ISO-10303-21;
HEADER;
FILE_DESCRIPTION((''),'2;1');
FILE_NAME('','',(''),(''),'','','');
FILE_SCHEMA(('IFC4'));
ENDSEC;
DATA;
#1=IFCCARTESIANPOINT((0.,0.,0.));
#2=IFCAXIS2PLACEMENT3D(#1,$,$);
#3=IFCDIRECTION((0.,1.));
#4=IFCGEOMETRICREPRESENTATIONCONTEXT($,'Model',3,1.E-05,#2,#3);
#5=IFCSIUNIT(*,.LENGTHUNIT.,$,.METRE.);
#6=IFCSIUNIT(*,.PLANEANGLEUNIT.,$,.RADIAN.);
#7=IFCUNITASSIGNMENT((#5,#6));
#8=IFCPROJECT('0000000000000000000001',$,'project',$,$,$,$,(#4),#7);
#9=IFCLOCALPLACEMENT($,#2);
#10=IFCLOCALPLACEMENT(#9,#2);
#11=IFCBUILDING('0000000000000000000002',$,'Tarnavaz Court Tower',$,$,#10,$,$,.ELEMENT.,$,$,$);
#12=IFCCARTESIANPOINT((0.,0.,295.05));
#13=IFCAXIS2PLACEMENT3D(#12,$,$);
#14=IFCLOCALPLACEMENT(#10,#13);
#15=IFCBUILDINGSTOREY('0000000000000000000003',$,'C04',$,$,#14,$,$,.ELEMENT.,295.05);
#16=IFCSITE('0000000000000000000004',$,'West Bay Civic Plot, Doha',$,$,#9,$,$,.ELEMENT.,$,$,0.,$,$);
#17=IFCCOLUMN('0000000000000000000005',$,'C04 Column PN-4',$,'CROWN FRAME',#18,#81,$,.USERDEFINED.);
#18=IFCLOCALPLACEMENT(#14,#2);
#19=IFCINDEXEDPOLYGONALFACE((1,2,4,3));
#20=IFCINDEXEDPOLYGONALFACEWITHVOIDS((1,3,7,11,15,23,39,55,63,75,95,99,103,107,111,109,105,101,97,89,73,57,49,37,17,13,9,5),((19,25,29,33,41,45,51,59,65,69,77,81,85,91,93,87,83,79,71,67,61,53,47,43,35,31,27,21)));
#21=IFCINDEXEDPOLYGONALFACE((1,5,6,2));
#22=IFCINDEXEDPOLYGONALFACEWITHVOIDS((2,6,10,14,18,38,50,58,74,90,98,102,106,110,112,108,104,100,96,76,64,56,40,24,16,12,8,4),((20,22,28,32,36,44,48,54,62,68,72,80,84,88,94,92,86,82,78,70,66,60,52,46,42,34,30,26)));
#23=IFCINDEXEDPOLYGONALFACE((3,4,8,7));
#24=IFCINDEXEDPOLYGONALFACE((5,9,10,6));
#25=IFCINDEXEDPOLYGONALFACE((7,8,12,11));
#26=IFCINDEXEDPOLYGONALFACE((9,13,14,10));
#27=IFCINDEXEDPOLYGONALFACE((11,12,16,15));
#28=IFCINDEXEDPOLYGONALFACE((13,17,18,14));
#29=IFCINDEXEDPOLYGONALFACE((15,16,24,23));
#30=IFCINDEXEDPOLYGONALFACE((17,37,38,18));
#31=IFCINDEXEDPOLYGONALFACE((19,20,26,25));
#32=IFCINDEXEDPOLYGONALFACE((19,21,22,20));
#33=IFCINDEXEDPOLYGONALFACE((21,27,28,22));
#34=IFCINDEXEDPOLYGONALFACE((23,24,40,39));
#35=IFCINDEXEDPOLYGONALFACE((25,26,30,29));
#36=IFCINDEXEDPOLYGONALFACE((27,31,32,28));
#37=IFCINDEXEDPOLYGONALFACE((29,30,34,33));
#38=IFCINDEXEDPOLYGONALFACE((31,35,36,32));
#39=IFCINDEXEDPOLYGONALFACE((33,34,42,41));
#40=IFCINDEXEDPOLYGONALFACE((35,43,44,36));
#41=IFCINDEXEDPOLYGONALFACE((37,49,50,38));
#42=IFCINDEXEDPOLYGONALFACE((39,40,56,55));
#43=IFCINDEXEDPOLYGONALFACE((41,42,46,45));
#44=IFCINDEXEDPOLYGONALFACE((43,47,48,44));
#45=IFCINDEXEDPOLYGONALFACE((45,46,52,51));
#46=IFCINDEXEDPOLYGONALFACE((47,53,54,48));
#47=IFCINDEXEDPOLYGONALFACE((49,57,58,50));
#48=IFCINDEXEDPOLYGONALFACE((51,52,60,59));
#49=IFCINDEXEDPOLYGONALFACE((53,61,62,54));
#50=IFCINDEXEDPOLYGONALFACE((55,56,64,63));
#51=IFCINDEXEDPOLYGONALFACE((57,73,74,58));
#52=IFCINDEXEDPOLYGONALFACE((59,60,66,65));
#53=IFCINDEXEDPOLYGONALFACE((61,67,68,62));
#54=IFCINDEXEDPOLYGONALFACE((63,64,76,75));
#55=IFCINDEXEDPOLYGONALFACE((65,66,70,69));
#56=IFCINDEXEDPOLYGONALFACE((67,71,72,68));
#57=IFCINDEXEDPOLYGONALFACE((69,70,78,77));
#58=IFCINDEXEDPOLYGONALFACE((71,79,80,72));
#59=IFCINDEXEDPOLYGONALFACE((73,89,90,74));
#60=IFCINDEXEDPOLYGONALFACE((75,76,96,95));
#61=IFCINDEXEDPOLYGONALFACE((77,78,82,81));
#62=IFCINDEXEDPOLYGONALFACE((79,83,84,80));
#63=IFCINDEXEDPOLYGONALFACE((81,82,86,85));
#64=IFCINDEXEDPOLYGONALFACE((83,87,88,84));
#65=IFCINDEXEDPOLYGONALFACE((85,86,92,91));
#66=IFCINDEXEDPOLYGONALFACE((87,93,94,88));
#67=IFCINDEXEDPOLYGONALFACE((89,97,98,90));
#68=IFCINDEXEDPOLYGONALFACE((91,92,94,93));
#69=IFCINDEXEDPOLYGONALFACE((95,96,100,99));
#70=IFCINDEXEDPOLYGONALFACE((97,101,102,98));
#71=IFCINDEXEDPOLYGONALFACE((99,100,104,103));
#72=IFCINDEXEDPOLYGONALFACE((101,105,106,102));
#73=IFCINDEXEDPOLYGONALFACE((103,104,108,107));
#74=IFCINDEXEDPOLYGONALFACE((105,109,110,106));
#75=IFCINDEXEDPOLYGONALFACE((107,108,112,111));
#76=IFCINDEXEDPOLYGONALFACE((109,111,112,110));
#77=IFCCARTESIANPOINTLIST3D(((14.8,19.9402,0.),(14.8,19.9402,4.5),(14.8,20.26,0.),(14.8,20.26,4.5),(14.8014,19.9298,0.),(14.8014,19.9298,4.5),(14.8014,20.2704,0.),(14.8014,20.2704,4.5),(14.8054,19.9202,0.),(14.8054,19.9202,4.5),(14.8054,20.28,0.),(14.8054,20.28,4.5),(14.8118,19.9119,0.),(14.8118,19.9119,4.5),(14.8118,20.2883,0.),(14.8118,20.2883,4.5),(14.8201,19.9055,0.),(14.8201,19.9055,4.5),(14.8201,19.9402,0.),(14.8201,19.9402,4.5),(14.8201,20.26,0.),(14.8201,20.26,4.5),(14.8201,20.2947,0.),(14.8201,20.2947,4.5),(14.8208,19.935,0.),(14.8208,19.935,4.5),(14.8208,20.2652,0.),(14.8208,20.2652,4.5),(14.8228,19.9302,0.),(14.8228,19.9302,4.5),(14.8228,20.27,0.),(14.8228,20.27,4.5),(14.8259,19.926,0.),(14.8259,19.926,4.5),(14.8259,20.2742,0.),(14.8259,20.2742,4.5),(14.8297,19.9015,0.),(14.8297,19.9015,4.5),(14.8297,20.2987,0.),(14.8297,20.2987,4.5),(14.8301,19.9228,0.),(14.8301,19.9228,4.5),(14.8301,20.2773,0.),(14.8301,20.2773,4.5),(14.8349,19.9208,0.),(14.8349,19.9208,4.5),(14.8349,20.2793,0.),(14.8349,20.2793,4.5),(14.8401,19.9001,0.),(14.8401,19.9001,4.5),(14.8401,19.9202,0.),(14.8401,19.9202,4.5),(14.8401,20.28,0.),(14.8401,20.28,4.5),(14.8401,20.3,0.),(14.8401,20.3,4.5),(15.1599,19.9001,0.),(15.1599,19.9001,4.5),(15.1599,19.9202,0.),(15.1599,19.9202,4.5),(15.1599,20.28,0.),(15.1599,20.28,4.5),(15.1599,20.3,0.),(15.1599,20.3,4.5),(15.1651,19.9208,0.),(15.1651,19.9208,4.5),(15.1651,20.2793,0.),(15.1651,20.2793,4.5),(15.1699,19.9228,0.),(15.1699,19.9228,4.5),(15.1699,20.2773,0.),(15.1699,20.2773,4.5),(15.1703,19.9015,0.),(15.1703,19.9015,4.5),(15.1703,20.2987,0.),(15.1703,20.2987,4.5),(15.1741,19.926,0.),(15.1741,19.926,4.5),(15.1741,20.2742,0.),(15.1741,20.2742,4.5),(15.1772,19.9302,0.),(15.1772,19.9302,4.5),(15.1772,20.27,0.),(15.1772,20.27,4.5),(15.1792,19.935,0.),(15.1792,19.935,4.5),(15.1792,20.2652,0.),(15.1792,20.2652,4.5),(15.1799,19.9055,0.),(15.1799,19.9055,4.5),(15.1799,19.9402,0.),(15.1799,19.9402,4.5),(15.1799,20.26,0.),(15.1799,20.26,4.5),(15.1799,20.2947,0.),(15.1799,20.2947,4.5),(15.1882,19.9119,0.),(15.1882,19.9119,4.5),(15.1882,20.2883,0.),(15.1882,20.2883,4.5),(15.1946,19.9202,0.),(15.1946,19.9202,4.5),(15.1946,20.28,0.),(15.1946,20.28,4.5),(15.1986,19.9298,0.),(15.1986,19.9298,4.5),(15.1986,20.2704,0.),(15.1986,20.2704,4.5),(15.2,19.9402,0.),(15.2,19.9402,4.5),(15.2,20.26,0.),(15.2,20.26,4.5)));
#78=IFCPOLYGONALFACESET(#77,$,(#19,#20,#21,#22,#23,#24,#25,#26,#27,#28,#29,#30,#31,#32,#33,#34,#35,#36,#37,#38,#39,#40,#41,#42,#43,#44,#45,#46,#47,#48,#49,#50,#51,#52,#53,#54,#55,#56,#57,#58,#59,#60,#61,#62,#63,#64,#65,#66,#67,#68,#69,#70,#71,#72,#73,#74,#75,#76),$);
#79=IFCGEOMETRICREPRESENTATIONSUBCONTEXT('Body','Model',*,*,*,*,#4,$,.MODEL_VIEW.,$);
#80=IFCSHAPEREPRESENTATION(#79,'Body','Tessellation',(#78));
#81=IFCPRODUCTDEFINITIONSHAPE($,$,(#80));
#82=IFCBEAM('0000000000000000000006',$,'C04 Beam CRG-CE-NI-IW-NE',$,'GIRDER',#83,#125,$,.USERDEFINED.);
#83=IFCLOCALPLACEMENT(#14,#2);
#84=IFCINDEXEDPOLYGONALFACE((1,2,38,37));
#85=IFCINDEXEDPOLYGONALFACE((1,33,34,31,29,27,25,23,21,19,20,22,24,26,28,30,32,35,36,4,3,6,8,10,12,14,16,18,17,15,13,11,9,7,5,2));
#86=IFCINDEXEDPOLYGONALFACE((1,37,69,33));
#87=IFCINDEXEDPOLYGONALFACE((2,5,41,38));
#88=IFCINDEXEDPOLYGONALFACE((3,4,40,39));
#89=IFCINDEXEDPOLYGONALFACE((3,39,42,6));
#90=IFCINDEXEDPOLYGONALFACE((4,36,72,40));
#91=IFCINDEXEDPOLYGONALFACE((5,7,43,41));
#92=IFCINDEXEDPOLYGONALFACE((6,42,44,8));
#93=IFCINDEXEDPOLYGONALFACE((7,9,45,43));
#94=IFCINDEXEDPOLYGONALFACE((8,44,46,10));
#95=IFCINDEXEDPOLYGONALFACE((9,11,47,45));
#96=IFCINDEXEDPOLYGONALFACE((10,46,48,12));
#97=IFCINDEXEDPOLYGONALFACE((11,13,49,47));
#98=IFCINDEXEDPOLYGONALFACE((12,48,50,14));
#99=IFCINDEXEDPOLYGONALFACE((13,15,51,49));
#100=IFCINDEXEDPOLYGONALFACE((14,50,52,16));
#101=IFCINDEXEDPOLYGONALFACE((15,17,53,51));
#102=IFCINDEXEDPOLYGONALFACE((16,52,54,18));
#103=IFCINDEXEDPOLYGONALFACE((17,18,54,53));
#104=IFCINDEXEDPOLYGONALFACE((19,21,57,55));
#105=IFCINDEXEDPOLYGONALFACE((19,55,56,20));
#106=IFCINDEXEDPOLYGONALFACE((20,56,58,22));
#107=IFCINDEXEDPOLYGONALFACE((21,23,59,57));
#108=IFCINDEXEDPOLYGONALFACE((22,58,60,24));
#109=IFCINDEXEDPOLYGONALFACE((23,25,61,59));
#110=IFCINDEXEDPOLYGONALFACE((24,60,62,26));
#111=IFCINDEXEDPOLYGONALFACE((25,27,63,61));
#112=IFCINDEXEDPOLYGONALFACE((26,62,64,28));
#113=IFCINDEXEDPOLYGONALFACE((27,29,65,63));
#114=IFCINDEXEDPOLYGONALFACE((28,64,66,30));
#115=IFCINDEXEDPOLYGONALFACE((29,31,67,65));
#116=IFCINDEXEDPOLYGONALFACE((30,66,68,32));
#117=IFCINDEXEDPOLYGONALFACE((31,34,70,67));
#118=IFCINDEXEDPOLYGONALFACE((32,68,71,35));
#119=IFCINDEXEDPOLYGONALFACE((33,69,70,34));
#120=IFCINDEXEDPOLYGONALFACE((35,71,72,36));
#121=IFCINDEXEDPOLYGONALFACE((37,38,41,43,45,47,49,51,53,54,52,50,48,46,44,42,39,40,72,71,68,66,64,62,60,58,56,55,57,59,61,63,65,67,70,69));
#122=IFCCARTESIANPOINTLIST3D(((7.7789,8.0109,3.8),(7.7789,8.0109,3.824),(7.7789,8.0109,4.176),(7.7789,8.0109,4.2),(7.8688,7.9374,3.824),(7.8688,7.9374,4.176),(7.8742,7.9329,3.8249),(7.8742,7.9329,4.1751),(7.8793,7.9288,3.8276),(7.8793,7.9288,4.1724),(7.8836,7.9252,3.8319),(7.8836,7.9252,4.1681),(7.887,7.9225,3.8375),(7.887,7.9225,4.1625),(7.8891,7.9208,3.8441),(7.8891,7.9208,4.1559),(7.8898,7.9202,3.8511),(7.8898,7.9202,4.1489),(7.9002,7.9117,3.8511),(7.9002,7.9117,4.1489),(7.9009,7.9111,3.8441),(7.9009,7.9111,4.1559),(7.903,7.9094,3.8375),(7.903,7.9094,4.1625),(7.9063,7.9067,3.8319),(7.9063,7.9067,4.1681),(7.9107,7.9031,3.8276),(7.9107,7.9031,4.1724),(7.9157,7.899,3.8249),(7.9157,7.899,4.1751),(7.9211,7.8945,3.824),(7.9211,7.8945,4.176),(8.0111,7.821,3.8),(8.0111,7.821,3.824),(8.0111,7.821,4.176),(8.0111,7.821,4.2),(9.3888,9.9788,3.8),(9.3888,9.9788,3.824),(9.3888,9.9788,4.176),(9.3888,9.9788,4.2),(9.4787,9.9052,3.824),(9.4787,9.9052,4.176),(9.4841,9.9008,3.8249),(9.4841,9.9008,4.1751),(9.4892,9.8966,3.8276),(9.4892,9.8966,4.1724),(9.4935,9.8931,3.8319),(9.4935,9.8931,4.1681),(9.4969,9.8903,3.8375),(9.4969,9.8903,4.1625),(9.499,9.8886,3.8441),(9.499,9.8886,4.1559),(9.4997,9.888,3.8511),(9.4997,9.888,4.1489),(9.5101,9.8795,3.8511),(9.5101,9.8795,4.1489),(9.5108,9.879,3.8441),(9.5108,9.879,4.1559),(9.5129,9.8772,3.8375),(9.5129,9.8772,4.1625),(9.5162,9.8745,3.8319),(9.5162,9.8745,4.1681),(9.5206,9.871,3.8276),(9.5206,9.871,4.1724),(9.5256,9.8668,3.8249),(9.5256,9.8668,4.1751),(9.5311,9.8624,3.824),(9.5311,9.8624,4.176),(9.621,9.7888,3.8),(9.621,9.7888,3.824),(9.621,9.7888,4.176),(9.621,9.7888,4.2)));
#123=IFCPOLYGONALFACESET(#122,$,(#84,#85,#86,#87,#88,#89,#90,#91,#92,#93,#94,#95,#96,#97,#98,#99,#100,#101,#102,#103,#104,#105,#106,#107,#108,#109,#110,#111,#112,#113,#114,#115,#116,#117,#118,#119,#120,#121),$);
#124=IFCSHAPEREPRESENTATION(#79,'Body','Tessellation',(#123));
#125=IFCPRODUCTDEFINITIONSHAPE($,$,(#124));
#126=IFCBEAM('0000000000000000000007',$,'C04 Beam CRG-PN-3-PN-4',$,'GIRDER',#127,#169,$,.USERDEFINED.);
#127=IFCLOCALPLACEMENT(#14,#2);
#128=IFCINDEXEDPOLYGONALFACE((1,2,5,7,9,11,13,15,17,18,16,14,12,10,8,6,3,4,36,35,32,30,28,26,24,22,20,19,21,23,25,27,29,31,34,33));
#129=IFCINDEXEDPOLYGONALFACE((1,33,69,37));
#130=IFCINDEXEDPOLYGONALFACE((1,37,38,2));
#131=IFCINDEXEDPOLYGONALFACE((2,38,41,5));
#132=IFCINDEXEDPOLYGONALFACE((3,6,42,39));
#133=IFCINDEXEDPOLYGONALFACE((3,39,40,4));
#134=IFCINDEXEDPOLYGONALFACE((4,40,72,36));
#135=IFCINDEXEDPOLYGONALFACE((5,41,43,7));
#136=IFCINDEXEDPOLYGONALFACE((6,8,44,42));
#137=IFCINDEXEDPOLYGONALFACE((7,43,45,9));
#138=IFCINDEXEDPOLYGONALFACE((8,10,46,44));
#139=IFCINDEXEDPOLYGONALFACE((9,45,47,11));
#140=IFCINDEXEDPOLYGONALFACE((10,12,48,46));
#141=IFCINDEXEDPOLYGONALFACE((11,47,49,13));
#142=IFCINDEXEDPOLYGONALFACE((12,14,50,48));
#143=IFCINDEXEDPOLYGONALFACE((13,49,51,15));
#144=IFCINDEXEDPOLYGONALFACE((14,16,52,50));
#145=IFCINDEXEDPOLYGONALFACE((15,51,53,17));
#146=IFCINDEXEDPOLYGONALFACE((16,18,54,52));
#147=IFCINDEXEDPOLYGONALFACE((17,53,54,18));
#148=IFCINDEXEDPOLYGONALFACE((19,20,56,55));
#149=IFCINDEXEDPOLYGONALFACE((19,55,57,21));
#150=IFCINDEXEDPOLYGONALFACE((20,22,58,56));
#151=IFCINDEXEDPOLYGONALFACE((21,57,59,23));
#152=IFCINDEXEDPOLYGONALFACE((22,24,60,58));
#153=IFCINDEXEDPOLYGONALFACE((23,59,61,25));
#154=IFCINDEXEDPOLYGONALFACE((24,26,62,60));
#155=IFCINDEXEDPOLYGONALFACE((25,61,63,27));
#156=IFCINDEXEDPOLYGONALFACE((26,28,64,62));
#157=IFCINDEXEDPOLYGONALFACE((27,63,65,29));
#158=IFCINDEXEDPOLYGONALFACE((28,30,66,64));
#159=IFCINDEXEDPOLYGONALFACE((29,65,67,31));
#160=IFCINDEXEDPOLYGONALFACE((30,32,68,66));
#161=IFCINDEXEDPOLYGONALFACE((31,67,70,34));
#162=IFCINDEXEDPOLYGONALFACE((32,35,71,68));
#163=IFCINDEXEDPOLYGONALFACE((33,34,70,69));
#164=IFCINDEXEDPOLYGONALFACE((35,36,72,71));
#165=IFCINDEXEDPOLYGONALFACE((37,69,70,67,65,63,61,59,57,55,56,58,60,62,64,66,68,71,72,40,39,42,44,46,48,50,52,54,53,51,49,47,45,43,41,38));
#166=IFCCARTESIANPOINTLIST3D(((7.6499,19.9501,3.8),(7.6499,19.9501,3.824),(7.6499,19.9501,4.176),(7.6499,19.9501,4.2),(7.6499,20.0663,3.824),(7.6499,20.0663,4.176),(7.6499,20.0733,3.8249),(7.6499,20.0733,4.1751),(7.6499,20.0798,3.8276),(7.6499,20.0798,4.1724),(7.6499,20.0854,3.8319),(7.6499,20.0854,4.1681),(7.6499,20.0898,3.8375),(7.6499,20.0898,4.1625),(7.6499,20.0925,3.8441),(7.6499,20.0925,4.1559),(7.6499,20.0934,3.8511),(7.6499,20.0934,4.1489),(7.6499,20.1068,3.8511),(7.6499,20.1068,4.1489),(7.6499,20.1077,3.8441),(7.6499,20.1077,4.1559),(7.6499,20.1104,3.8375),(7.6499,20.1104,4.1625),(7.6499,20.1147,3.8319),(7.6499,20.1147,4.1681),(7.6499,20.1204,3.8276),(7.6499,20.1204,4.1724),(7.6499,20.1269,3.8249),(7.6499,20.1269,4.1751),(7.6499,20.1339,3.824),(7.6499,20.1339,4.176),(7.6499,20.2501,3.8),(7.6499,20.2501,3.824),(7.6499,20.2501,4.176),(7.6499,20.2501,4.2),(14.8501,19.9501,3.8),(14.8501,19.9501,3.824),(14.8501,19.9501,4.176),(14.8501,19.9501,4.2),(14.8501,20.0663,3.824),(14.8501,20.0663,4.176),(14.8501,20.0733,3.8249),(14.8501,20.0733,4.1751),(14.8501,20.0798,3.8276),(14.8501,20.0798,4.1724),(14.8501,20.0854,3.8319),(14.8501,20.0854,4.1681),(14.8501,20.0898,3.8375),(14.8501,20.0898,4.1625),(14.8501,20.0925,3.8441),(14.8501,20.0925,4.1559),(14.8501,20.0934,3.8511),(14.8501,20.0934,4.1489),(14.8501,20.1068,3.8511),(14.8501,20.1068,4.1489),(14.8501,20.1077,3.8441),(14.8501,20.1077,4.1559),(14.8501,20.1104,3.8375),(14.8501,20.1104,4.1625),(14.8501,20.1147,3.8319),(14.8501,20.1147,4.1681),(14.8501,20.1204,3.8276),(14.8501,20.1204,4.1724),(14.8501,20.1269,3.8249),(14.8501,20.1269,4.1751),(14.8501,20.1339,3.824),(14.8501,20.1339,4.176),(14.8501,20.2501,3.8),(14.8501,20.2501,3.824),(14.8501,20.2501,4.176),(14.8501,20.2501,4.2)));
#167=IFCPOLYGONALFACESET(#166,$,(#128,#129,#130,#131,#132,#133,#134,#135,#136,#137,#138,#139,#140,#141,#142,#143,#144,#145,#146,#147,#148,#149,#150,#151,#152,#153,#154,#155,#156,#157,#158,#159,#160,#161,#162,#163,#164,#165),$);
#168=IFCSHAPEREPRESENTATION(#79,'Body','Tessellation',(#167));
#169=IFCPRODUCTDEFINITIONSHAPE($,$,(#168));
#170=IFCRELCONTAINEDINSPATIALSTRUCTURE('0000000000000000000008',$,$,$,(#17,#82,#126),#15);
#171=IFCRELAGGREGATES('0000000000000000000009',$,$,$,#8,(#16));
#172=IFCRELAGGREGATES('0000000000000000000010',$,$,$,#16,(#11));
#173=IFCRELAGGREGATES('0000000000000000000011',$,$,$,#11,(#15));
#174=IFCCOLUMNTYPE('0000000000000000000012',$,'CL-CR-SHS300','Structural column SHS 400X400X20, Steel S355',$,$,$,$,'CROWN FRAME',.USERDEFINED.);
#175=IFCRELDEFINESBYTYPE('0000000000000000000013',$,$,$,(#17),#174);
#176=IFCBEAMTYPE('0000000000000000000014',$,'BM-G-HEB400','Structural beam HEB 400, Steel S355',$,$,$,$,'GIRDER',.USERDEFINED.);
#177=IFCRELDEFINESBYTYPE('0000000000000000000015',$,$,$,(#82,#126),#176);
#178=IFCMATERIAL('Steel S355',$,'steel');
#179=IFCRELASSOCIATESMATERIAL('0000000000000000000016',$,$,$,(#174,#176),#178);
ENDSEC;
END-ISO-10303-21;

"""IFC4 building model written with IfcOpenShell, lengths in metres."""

from ifc_helpers import new_model, si_unit, direction, frame, origin, origin_2d, place, context, subcontext, project, spatial, hollow_rectangle, i_section, extrude, material, material_profile, profile_set, type_object, element, save


model = new_model("IFC4")

# Units and contexts
model_context = context("Model", 3, precision=1e-05, world=origin(), true_north=direction((0.0, 1.0)))
body_context = subcontext(model_context, "Body", "Model", "MODEL_VIEW")
ifc_project = project(units=[si_unit("LENGTHUNIT", "METRE"), si_unit("PLANEANGLEUNIT", "RADIAN")], contexts=[model_context])

# Site, building, storey
site_placement = place(None, origin())
site = spatial("IfcSite", under=ifc_project, at=site_placement, Name="West Bay Civic Plot, Doha", CompositionType="ELEMENT", RefElevation=0.0)
building_placement = place(site_placement, origin())
building = spatial("IfcBuilding", under=site, at=building_placement, Name="Tarnavaz Court Tower", CompositionType="ELEMENT")
storey_placement = place(building_placement, frame((0.0, 0.0, 295.05)))
storey = spatial("IfcBuildingStorey", under=building, at=storey_placement, Name="C04", CompositionType="ELEMENT", Elevation=295.05)

# Column
ifc_material_1 = material(Name="Steel S355", Category="steel")
ifc_material_profile_1 = material_profile(ifc_material_1, hollow_rectangle(XDim=0.3999, YDim=0.3999, WallThickness=0.02, InnerFilletRadius=0.02, OuterFilletRadius=0.04, at=origin_2d()), Name="SHS 400X400X20")
ifc_profile_set_1 = profile_set([ifc_material_profile_1], Name="Steel S355")
column_type = type_object("IfcColumnType", Name="CL-CR-SHS300", Description="Structural column SHS 400X400X20, Steel S355", ElementType="CROWN FRAME", PredefinedType="USERDEFINED", material=ifc_profile_set_1)
for number, where, z_axis, x_axis, name in (
    (1, (15.0, 20.1001, 0.0), (0.0, 0.0, 1.0), (1.0, 0.0, 0.0), "C04 Column PN-4"),
):
    element("IfcColumn", number, at=place(storey_placement, frame(where, z_axis=z_axis, x_axis=x_axis)), inside=storey, type_object=column_type, Name=name, ObjectType="CROWN FRAME", PredefinedType="USERDEFINED", context=body_context, shape_type="SweptSolid", body=[
        extrude(hollow_rectangle(XDim=0.3999, YDim=0.3999, WallThickness=0.02, InnerFilletRadius=0.02, OuterFilletRadius=0.04, at=origin_2d()), origin(), (0.0, 0.0, 1.0), 4.5),
    ])

# Beams
ifc_material_profile_2 = material_profile(ifc_material_1, i_section(OverallWidth=0.3, OverallDepth=0.3999, WebThickness=0.0134, FlangeThickness=0.0239, FilletRadius=0.0271, at=origin_2d()), Name="HEB 400")
ifc_profile_set_2 = profile_set([ifc_material_profile_2], Name="Steel S355")
beam_type = type_object("IfcBeamType", Name="BM-G-HEB400", Description="Structural beam HEB 400, Steel S355", ElementType="GIRDER", PredefinedType="USERDEFINED", material=ifc_profile_set_2)
beam_1_placement = place(storey_placement, frame((9.5049, 9.8838, 4.0), z_axis=(-0.633206, -0.773983, 0.0), x_axis=(0.773983, -0.633206, 0.0)))
element("IfcBeam", 2, at=beam_1_placement, inside=storey, type_object=beam_type, Name="C04 Beam CRG-CE-NI-IW-NE", ObjectType="GIRDER", PredefinedType="USERDEFINED", context=body_context, shape_type="SweptSolid", body=[
    extrude(i_section(OverallWidth=0.3, OverallDepth=0.3999, WebThickness=0.0134, FlangeThickness=0.0239, FilletRadius=0.0271, at=origin_2d()), origin(), (0.0, 0.0, 1.0), 2.5425),
])
beam_2_placement = place(storey_placement, frame((7.6499, 20.1001, 4.0), z_axis=(1.0, 0.0, 0.0), x_axis=(0.0, 1.0, 0.0)))
element("IfcBeam", 3, at=beam_2_placement, inside=storey, type_object=beam_type, Name="C04 Beam CRG-PN-3-PN-4", ObjectType="GIRDER", PredefinedType="USERDEFINED", context=body_context, shape_type="SweptSolid", body=[
    extrude(i_section(OverallWidth=0.3, OverallDepth=0.3999, WebThickness=0.0134, FlangeThickness=0.0239, FilletRadius=0.0271, at=origin_2d()), origin(), (0.0, 0.0, 1.0), 7.2002),
])

save(model, "model.ifc")
